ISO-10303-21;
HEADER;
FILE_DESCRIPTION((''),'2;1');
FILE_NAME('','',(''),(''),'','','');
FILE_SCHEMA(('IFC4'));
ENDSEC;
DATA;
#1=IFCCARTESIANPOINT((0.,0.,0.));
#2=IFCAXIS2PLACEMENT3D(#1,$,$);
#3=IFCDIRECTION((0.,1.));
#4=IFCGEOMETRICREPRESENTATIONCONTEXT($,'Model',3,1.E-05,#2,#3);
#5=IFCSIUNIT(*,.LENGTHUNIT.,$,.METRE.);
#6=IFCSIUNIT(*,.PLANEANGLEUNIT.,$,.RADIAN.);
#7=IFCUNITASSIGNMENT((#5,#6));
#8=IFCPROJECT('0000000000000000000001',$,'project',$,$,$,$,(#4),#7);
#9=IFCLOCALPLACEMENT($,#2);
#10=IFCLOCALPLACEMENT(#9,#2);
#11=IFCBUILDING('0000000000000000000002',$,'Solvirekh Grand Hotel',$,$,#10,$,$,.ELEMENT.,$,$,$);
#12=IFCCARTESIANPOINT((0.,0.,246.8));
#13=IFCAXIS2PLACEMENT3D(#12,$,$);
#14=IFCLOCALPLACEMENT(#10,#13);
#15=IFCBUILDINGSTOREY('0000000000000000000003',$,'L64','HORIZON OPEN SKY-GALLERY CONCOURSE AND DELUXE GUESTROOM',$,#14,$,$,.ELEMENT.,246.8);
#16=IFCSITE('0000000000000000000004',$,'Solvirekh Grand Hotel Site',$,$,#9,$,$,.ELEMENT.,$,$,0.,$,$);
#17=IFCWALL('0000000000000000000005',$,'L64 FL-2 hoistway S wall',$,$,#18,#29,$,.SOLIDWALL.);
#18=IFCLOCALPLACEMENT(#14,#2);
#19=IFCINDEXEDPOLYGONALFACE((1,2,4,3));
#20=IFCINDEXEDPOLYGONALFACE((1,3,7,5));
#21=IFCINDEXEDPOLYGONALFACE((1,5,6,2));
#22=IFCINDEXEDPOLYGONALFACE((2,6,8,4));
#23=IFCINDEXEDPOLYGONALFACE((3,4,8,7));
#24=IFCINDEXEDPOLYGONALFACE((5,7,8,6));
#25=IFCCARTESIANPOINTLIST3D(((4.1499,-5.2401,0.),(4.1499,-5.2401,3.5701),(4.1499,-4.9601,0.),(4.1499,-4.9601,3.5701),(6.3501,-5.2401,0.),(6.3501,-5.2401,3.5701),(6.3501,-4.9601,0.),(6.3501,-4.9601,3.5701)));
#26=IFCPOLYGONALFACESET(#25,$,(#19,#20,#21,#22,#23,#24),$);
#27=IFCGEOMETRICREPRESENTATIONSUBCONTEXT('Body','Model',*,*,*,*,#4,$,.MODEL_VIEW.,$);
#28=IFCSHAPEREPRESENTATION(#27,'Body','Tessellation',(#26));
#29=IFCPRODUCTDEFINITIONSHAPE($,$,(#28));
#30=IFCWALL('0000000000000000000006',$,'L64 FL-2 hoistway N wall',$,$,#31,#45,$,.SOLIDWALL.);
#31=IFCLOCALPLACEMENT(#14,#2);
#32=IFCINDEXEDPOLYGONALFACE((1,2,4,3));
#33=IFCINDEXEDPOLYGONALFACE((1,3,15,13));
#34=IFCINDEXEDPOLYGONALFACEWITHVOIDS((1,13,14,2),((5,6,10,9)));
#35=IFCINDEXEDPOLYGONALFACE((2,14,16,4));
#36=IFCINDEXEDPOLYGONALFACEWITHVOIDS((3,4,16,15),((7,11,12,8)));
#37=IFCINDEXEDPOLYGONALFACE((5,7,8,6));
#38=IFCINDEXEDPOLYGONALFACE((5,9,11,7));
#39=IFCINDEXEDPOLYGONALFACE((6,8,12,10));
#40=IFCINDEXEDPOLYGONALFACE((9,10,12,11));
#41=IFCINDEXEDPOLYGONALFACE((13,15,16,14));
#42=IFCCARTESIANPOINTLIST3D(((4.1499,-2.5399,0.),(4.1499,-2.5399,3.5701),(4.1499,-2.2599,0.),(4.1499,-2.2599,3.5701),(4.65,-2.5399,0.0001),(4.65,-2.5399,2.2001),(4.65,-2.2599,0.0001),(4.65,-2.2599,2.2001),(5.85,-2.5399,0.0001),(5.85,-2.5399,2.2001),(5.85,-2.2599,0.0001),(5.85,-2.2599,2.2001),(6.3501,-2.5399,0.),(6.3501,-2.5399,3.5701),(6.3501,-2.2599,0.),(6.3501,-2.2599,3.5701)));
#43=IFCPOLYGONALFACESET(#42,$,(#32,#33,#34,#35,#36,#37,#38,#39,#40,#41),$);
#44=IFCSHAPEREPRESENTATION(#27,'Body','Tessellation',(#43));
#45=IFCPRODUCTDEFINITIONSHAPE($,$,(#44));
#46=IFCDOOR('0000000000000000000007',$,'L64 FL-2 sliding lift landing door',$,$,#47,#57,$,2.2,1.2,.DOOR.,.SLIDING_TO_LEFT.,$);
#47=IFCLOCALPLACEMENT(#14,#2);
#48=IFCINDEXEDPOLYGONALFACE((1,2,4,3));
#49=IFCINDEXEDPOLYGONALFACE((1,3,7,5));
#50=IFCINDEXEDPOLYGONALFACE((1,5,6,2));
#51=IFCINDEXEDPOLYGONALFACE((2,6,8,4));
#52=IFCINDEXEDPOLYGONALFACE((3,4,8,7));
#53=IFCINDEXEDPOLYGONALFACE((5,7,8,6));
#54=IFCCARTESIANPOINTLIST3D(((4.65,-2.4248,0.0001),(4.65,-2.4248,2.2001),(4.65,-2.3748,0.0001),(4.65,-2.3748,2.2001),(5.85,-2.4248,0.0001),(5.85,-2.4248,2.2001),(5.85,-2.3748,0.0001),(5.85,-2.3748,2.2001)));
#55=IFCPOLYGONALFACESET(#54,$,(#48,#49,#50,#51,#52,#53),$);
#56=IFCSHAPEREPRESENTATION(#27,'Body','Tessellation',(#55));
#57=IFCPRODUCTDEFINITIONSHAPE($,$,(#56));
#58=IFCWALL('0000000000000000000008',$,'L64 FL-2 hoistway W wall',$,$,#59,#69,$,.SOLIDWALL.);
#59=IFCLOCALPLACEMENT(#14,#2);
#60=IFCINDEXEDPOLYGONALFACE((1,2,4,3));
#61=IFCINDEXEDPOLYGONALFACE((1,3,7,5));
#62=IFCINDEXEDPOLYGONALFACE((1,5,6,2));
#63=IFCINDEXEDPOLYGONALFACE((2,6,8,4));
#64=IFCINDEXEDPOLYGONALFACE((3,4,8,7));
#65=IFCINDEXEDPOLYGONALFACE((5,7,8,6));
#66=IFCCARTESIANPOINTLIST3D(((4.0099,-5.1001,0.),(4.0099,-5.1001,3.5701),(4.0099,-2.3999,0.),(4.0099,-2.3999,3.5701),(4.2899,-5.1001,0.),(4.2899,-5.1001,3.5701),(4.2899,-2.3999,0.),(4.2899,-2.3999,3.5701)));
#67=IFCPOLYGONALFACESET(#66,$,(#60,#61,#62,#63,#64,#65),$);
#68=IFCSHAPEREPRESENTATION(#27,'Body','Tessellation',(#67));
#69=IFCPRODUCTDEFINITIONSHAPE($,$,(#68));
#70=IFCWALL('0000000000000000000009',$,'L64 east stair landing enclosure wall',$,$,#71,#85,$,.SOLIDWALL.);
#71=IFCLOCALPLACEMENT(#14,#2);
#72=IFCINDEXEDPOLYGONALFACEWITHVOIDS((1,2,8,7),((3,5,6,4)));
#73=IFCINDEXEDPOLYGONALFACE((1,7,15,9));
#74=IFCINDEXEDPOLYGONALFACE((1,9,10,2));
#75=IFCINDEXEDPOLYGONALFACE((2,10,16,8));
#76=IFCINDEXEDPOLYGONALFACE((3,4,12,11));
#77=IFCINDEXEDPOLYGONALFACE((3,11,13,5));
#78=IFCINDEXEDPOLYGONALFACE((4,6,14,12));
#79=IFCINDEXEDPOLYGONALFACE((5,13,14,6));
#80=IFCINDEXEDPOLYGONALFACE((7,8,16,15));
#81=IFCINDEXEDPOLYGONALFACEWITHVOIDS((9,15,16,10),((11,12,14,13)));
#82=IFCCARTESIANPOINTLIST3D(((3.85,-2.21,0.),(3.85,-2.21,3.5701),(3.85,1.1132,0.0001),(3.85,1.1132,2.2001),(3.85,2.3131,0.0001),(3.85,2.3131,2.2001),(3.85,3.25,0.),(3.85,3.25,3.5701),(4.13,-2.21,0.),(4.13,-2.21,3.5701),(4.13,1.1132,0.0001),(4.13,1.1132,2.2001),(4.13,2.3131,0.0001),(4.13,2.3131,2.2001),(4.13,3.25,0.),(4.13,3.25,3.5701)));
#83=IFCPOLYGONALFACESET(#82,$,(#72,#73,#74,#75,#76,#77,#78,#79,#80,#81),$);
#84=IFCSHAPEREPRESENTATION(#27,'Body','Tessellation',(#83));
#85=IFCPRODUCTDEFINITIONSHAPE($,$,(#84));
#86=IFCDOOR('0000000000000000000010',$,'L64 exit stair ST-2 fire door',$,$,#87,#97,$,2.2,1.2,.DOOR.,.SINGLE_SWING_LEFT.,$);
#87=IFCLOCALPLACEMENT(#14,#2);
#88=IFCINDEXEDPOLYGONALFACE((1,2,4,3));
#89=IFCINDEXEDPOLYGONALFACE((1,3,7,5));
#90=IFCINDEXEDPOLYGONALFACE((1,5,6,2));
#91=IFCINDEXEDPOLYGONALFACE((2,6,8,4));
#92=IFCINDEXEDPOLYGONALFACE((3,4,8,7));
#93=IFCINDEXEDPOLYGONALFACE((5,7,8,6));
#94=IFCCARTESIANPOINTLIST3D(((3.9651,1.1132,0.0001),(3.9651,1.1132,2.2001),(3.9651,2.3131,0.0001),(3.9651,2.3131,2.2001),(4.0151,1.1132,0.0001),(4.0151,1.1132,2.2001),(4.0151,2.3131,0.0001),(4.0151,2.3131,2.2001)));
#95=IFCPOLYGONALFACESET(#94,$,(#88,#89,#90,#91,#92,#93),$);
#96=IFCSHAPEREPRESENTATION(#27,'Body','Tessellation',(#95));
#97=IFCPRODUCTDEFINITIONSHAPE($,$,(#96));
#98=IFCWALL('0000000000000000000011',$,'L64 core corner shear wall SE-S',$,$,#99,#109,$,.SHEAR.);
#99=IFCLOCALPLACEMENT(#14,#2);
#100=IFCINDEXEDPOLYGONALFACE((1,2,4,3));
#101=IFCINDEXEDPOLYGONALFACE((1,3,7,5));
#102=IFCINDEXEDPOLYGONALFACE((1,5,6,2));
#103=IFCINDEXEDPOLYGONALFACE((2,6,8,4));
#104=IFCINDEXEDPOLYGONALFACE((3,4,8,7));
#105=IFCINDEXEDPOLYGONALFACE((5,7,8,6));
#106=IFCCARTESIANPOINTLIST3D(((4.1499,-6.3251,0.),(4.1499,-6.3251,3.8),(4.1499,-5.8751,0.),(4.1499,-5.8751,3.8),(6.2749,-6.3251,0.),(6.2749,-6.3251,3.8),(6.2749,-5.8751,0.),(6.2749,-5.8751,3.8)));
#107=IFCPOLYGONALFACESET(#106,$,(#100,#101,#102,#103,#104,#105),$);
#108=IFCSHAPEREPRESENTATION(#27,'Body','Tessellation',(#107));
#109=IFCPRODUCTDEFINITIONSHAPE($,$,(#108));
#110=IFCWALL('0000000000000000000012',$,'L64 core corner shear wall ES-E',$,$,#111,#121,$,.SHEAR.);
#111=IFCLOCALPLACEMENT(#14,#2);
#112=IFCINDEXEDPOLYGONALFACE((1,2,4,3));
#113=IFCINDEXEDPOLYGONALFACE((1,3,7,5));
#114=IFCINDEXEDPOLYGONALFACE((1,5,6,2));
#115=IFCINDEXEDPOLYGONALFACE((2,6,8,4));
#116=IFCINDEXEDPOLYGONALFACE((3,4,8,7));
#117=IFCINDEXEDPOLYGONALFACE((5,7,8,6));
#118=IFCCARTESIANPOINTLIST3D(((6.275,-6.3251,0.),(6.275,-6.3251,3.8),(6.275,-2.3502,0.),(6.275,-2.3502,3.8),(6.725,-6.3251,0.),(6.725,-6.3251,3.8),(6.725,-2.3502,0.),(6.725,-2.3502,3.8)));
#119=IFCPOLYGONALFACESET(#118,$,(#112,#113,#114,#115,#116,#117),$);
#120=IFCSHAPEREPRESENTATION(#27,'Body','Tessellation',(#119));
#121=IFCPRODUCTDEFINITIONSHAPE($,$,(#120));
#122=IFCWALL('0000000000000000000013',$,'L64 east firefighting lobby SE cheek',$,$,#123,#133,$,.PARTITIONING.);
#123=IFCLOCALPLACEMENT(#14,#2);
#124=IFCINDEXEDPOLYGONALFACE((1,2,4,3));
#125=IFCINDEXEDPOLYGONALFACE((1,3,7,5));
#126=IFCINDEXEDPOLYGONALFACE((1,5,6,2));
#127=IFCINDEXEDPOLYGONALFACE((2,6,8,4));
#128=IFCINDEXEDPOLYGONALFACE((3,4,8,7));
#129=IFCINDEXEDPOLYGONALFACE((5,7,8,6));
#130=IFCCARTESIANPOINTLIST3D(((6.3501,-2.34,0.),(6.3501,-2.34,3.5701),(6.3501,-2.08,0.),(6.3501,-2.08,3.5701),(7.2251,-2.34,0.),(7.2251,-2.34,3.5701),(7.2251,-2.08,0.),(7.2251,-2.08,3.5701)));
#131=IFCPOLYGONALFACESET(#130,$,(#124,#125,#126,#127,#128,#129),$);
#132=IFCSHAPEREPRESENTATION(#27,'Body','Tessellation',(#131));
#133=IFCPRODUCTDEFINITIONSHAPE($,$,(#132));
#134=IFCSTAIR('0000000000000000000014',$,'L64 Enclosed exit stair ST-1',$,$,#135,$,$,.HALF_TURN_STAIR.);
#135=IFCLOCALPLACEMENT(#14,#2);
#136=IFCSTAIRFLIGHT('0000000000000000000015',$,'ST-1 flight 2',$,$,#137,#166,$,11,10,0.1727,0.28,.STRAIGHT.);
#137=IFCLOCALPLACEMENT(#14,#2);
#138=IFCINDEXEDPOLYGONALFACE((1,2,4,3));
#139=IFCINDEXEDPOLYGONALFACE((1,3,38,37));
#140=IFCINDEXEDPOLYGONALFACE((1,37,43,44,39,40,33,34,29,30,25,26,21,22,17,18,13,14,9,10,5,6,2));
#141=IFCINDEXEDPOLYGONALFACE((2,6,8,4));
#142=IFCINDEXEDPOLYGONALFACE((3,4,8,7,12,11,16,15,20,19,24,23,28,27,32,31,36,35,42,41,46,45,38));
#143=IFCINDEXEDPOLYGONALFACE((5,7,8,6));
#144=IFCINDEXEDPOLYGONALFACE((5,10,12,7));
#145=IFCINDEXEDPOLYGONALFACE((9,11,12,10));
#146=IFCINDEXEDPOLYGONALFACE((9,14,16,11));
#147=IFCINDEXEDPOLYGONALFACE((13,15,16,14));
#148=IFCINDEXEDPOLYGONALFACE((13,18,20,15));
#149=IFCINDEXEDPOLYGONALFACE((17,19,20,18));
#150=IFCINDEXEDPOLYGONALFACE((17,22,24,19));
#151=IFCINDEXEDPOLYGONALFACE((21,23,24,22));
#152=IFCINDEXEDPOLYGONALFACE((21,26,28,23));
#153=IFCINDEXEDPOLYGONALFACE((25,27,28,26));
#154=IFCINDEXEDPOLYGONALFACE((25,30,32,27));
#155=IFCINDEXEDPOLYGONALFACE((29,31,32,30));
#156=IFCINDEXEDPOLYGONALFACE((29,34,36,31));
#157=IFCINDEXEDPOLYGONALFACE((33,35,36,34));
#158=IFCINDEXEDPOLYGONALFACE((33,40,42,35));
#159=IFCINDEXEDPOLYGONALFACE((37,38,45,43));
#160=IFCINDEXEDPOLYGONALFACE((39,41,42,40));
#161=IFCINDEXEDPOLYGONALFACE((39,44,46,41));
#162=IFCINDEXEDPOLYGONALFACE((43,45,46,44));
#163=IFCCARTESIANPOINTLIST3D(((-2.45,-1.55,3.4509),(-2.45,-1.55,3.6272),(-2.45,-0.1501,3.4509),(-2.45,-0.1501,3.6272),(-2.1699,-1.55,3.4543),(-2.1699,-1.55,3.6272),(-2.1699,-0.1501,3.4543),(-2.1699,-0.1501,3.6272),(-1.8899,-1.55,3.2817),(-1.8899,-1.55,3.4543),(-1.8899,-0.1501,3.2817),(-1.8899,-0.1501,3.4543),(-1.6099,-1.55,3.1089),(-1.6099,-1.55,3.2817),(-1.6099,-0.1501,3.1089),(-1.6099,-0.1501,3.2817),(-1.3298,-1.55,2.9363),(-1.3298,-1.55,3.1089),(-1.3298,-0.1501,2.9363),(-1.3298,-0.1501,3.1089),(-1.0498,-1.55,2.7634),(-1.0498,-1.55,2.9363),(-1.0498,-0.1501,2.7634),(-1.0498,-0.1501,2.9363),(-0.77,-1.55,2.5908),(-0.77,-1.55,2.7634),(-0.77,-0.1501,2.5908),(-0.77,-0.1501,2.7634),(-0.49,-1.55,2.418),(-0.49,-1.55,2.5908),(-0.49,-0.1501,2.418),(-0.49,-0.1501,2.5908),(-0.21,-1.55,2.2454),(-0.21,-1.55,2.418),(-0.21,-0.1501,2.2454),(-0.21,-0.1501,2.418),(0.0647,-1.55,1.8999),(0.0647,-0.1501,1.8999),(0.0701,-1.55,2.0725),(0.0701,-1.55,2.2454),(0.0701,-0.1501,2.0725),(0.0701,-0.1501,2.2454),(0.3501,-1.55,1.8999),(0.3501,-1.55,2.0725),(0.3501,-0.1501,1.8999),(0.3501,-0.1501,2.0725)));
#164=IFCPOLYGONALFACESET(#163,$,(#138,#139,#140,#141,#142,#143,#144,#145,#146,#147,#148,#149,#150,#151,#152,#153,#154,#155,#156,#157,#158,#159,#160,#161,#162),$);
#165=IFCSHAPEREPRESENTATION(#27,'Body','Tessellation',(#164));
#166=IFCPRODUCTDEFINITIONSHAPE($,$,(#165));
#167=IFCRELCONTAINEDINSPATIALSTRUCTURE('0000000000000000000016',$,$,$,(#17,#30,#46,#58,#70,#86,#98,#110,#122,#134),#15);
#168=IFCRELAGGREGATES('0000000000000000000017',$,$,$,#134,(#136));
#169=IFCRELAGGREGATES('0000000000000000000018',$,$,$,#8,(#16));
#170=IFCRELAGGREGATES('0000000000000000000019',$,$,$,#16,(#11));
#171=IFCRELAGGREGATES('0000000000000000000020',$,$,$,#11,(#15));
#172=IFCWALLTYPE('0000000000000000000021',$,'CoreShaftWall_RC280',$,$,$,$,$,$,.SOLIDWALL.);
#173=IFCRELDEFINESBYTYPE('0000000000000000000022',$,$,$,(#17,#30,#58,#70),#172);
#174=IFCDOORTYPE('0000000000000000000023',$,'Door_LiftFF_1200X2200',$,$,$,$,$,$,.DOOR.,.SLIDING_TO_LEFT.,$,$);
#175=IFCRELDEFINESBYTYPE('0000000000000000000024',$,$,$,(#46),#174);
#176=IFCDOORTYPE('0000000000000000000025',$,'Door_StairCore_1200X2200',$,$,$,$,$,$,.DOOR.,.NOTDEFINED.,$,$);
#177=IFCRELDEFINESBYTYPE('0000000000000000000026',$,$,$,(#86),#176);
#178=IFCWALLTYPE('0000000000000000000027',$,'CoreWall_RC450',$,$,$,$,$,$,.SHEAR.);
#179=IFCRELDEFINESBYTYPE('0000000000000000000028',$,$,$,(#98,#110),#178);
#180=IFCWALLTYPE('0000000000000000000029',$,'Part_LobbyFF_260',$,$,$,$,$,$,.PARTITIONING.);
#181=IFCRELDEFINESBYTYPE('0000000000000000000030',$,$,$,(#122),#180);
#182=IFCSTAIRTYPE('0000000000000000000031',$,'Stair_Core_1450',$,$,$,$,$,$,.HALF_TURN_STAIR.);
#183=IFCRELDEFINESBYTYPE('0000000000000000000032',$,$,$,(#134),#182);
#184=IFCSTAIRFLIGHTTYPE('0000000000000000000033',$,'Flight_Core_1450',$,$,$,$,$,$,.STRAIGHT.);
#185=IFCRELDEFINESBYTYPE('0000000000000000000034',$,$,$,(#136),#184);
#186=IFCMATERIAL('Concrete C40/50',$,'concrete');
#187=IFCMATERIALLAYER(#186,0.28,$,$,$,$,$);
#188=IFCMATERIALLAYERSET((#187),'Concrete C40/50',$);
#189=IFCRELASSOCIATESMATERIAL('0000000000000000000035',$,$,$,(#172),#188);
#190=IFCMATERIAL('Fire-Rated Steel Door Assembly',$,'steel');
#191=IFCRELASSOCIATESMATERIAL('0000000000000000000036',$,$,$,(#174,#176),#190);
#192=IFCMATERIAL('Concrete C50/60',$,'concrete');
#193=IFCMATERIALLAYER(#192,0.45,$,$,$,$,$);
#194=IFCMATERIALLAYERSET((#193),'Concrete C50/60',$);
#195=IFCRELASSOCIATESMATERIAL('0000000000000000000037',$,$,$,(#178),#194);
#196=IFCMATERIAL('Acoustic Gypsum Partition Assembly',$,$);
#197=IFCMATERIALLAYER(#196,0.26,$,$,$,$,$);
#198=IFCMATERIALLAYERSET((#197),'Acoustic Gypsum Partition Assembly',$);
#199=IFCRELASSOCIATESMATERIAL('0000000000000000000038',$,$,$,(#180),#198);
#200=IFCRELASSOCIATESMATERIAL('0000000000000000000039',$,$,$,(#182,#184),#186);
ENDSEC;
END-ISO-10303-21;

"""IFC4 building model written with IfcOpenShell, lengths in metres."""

from ifc_helpers import new_model, si_unit, direction, frame, frame_2d, origin, place, context, subcontext, project, spatial, polyline, rectangle, outline, extrude, material, layer, layer_set, type_object, element, fill, aggregate, save


model = new_model("IFC4")

# Units and contexts
model_context = context("Model", 3, precision=1e-05, world=origin(), true_north=direction((0.0, 1.0)))
body_context = subcontext(model_context, "Body", "Model", "MODEL_VIEW")
ifc_project = project(units=[si_unit("LENGTHUNIT", "METRE"), si_unit("PLANEANGLEUNIT", "RADIAN")], contexts=[model_context])

# Site, building, storey
site_placement = place(None, origin())
site = spatial("IfcSite", under=ifc_project, at=site_placement, Name="Solvirekh Grand Hotel Site", CompositionType="ELEMENT", RefElevation=0.0)
building_placement = place(site_placement, origin())
building = spatial("IfcBuilding", under=site, at=building_placement, Name="Solvirekh Grand Hotel", CompositionType="ELEMENT")
storey_placement = place(building_placement, frame((0.0, 0.0, 246.8)))
storey = spatial("IfcBuildingStorey", under=building, at=storey_placement, Name="L64", Description="HORIZON OPEN SKY-GALLERY CONCOURSE AND DELUXE GUESTROOM", CompositionType="ELEMENT", Elevation=246.8)

# Wall
ifc_material_1 = material(Name="Concrete C40/50", Category="concrete")
ifc_layer_1 = layer(ifc_material_1, 0.28)
ifc_layer_set_1 = layer_set([ifc_layer_1], Name="Concrete C40/50")
wall_type_1 = type_object("IfcWallType", Name="CoreShaftWall_RC280", PredefinedType="SOLIDWALL", material=ifc_layer_set_1)
wall_1_placement = place(storey_placement, frame((4.1499, -5.1001, 0.0), z_axis=(0.0, 0.0, 1.0), x_axis=(1.0, 0.0, 0.0)))
element("IfcWall", 1, at=wall_1_placement, inside=storey, type_object=wall_type_1, Name="L64 FL-2 hoistway S wall", PredefinedType="SOLIDWALL", context=body_context, shape_type="SweptSolid", body=[
    extrude(rectangle(XDim=2.2002, YDim=0.28, at=frame_2d((1.1001, 0.0))), origin(), (0.0, 0.0, 1.0), 3.5701),
])

# Wall, opening, door
wall_2_placement = place(storey_placement, frame((6.3501, -2.3999, 0.0), z_axis=(0.0, 0.0, 1.0), x_axis=(-1.0, 0.0, 0.0)))
wall_2 = element("IfcWall", 2, at=wall_2_placement, inside=storey, type_object=wall_type_1, Name="L64 FL-2 hoistway N wall", PredefinedType="SOLIDWALL", context=body_context, shape_type="SweptSolid", body=[
    extrude(rectangle(XDim=2.2002, YDim=0.28, at=frame_2d((1.1001, 0.0))), origin(), (0.0, 0.0, 1.0), 3.5701),
])
opening_1_placement = place(wall_2_placement, frame((0.5, 0.0, 0.0)))
opening_1 = element("IfcOpeningElement", 3, at=opening_1_placement, cuts=wall_2, PredefinedType="OPENING", context=body_context, shape_type="SweptSolid", body=[
    extrude(rectangle(XDim=1.2, YDim=2.2, at=frame_2d((0.6001, 1.1001))), frame((0.0, 0.1499, 0.0), z_axis=(0.0, -1.0, 0.0), x_axis=(1.0, 0.0, 0.0)), (0.0, 0.0, 1.0), 0.3),
])
ifc_material_2 = material(Name="Fire-Rated Steel Door Assembly", Category="steel")
door_type_1 = type_object("IfcDoorType", Name="Door_LiftFF_1200X2200", OperationType="SLIDING_TO_LEFT", PredefinedType="DOOR", material=ifc_material_2)
door_1_placement = place(opening_1_placement, origin())
door_1 = element("IfcDoor", 4, at=door_1_placement, inside=storey, type_object=door_type_1, Name="L64 FL-2 sliding lift landing door", OperationType="SLIDING_TO_LEFT", OverallHeight=2.2, OverallWidth=1.2, PredefinedType="DOOR", context=body_context, shape_type="SweptSolid", body=[
    extrude(rectangle(XDim=1.2, YDim=2.2, at=frame_2d((0.6001, 1.1001))), frame((0.0, 0.0249, 0.0), z_axis=(0.0, -1.0, 0.0), x_axis=(1.0, 0.0, 0.0)), (0.0, 0.0, 1.0), 0.05),
])
fill(opening_1, door_1)

# Wall
wall_3_placement = place(storey_placement, frame((4.1499, -2.3999, 0.0), z_axis=(0.0, 0.0, 1.0), x_axis=(0.0, -1.0, 0.0)))
element("IfcWall", 5, at=wall_3_placement, inside=storey, type_object=wall_type_1, Name="L64 FL-2 hoistway W wall", PredefinedType="SOLIDWALL", context=body_context, shape_type="SweptSolid", body=[
    extrude(rectangle(XDim=2.7002, YDim=0.28, at=frame_2d((1.3501, 0.0))), origin(), (0.0, 0.0, 1.0), 3.5701),
])

# Wall, opening, door
wall_4_placement = place(storey_placement, frame((3.99, -2.21, 0.0), z_axis=(0.0, 0.0, 1.0), x_axis=(0.0, 1.0, 0.0)))
wall_4 = element("IfcWall", 6, at=wall_4_placement, inside=storey, type_object=wall_type_1, Name="L64 east stair landing enclosure wall", PredefinedType="SOLIDWALL", context=body_context, shape_type="SweptSolid", body=[
    extrude(rectangle(XDim=5.46, YDim=0.28, at=frame_2d((2.73, 0.0))), origin(), (0.0, 0.0, 1.0), 3.5701),
])
opening_2_placement = place(wall_4_placement, frame((3.323, 0.0, 0.0)))
opening_2 = element("IfcOpeningElement", 7, at=opening_2_placement, cuts=wall_4, PredefinedType="OPENING", context=body_context, shape_type="SweptSolid", body=[
    extrude(rectangle(XDim=1.2, YDim=2.2, at=frame_2d((0.6001, 1.1001))), frame((0.0, 0.1499, 0.0), z_axis=(0.0, -1.0, 0.0), x_axis=(1.0, 0.0, 0.0)), (0.0, 0.0, 1.0), 0.3),
])
door_type_2 = type_object("IfcDoorType", Name="Door_StairCore_1200X2200", OperationType="NOTDEFINED", PredefinedType="DOOR", material=ifc_material_2)
door_2_placement = place(opening_2_placement, origin())
door_2 = element("IfcDoor", 8, at=door_2_placement, inside=storey, type_object=door_type_2, Name="L64 exit stair ST-2 fire door", OperationType="SINGLE_SWING_LEFT", OverallHeight=2.2, OverallWidth=1.2, PredefinedType="DOOR", context=body_context, shape_type="SweptSolid", body=[
    extrude(rectangle(XDim=1.2, YDim=2.2, at=frame_2d((0.6001, 1.1001))), frame((0.0, 0.0249, 0.0), z_axis=(0.0, -1.0, 0.0), x_axis=(1.0, 0.0, 0.0)), (0.0, 0.0, 1.0), 0.05),
])
fill(opening_2, door_2)

# Walls
ifc_material_3 = material(Name="Concrete C50/60", Category="concrete")
ifc_layer_2 = layer(ifc_material_3, 0.45)
ifc_layer_set_2 = layer_set([ifc_layer_2], Name="Concrete C50/60")
wall_type_2 = type_object("IfcWallType", Name="CoreWall_RC450", PredefinedType="SHEAR", material=ifc_layer_set_2)
wall_5_placement = place(storey_placement, frame((4.1499, -6.1001, 0.0), z_axis=(0.0, 0.0, 1.0), x_axis=(1.0, 0.0, 0.0)))
element("IfcWall", 9, at=wall_5_placement, inside=storey, type_object=wall_type_2, Name="L64 core corner shear wall SE-S", PredefinedType="SHEAR", context=body_context, shape_type="SweptSolid", body=[
    extrude(rectangle(XDim=2.125, YDim=0.45, at=frame_2d((1.0625, 0.0))), origin(), (0.0, 0.0, 1.0), 3.8),
])
wall_6_placement = place(storey_placement, frame((6.5, -6.325, 0.0), z_axis=(0.0, 0.0, 1.0), x_axis=(0.0, 1.0, 0.0)))
element("IfcWall", 10, at=wall_6_placement, inside=storey, type_object=wall_type_2, Name="L64 core corner shear wall ES-E", PredefinedType="SHEAR", context=body_context, shape_type="SweptSolid", body=[
    extrude(rectangle(XDim=3.9749, YDim=0.45, at=frame_2d((1.9873, 0.0))), origin(), (0.0, 0.0, 1.0), 3.8),
])
ifc_material_4 = material(Name="Acoustic Gypsum Partition Assembly")
ifc_layer_3 = layer(ifc_material_4, 0.26)
ifc_layer_set_3 = layer_set([ifc_layer_3], Name="Acoustic Gypsum Partition Assembly")
wall_type_3 = type_object("IfcWallType", Name="Part_LobbyFF_260", PredefinedType="PARTITIONING", material=ifc_layer_set_3)
wall_7_placement = place(storey_placement, frame((6.3501, -2.21, 0.0), z_axis=(0.0, 0.0, 1.0), x_axis=(1.0, 0.0, 0.0)))
element("IfcWall", 11, at=wall_7_placement, inside=storey, type_object=wall_type_3, Name="L64 east firefighting lobby SE cheek", PredefinedType="PARTITIONING", context=body_context, shape_type="SweptSolid", body=[
    extrude(rectangle(XDim=0.875, YDim=0.26, at=frame_2d((0.4375, 0.0))), origin(), (0.0, 0.0, 1.0), 3.5701),
])

# Stair, stair flight
stair_type = type_object("IfcStairType", Name="Stair_Core_1450", PredefinedType="HALF_TURN_STAIR", material=ifc_material_1)
stair_placement = place(storey_placement, origin())
stair = element("IfcStair", 12, at=stair_placement, inside=storey, type_object=stair_type, Name="L64 Enclosed exit stair ST-1", PredefinedType="HALF_TURN_STAIR")
stair_flight_type = type_object("IfcStairFlightType", Name="Flight_Core_1450", PredefinedType="STRAIGHT", material=ifc_material_1)
stair_flight_placement = place(storey_placement, frame((0.3501, -0.8501, 1.8999), z_axis=(0.0, 0.0, 1.0), x_axis=(-1.0, 0.0, 0.0)))
stair_flight = element("IfcStairFlight", 13, at=stair_flight_placement, type_object=stair_flight_type, Name="ST-1 flight 2", NumberOfRisers=11, NumberOfTreads=10, PredefinedType="STRAIGHT", RiserHeight=0.1727, TreadLength=0.28, context=body_context, shape_type="SweptSolid", body=[
    extrude(outline(polyline([(0.0, 0.0), (0.0, 0.1726), (0.28, 0.1726), (0.28, 0.3455), (0.5601, 0.3455), (0.5601, 0.5181), (0.8401, 0.5181), (0.8401, 0.6909), (1.1201, 0.6909), (1.1201, 0.8635), (1.3999, 0.8635), (1.3999, 1.0364), (1.6799, 1.0364), (1.6799, 1.209), (1.96, 1.209), (1.96, 1.3818), (2.24, 1.3818), (2.24, 1.5544), (2.52, 1.5544), (2.52, 1.7273), (2.8, 1.7273), (2.8, 1.8999), (2.8, 1.551), (0.2854, 0.0), (0.0, 0.0)])), frame((0.0, 0.7, 0.0), z_axis=(0.0, -1.0, 0.0), x_axis=(1.0, 0.0, 0.0)), (0.0, 0.0, 1.0), 1.3999),
])
aggregate(stair, [stair_flight])

save(model, "model.ifc")
